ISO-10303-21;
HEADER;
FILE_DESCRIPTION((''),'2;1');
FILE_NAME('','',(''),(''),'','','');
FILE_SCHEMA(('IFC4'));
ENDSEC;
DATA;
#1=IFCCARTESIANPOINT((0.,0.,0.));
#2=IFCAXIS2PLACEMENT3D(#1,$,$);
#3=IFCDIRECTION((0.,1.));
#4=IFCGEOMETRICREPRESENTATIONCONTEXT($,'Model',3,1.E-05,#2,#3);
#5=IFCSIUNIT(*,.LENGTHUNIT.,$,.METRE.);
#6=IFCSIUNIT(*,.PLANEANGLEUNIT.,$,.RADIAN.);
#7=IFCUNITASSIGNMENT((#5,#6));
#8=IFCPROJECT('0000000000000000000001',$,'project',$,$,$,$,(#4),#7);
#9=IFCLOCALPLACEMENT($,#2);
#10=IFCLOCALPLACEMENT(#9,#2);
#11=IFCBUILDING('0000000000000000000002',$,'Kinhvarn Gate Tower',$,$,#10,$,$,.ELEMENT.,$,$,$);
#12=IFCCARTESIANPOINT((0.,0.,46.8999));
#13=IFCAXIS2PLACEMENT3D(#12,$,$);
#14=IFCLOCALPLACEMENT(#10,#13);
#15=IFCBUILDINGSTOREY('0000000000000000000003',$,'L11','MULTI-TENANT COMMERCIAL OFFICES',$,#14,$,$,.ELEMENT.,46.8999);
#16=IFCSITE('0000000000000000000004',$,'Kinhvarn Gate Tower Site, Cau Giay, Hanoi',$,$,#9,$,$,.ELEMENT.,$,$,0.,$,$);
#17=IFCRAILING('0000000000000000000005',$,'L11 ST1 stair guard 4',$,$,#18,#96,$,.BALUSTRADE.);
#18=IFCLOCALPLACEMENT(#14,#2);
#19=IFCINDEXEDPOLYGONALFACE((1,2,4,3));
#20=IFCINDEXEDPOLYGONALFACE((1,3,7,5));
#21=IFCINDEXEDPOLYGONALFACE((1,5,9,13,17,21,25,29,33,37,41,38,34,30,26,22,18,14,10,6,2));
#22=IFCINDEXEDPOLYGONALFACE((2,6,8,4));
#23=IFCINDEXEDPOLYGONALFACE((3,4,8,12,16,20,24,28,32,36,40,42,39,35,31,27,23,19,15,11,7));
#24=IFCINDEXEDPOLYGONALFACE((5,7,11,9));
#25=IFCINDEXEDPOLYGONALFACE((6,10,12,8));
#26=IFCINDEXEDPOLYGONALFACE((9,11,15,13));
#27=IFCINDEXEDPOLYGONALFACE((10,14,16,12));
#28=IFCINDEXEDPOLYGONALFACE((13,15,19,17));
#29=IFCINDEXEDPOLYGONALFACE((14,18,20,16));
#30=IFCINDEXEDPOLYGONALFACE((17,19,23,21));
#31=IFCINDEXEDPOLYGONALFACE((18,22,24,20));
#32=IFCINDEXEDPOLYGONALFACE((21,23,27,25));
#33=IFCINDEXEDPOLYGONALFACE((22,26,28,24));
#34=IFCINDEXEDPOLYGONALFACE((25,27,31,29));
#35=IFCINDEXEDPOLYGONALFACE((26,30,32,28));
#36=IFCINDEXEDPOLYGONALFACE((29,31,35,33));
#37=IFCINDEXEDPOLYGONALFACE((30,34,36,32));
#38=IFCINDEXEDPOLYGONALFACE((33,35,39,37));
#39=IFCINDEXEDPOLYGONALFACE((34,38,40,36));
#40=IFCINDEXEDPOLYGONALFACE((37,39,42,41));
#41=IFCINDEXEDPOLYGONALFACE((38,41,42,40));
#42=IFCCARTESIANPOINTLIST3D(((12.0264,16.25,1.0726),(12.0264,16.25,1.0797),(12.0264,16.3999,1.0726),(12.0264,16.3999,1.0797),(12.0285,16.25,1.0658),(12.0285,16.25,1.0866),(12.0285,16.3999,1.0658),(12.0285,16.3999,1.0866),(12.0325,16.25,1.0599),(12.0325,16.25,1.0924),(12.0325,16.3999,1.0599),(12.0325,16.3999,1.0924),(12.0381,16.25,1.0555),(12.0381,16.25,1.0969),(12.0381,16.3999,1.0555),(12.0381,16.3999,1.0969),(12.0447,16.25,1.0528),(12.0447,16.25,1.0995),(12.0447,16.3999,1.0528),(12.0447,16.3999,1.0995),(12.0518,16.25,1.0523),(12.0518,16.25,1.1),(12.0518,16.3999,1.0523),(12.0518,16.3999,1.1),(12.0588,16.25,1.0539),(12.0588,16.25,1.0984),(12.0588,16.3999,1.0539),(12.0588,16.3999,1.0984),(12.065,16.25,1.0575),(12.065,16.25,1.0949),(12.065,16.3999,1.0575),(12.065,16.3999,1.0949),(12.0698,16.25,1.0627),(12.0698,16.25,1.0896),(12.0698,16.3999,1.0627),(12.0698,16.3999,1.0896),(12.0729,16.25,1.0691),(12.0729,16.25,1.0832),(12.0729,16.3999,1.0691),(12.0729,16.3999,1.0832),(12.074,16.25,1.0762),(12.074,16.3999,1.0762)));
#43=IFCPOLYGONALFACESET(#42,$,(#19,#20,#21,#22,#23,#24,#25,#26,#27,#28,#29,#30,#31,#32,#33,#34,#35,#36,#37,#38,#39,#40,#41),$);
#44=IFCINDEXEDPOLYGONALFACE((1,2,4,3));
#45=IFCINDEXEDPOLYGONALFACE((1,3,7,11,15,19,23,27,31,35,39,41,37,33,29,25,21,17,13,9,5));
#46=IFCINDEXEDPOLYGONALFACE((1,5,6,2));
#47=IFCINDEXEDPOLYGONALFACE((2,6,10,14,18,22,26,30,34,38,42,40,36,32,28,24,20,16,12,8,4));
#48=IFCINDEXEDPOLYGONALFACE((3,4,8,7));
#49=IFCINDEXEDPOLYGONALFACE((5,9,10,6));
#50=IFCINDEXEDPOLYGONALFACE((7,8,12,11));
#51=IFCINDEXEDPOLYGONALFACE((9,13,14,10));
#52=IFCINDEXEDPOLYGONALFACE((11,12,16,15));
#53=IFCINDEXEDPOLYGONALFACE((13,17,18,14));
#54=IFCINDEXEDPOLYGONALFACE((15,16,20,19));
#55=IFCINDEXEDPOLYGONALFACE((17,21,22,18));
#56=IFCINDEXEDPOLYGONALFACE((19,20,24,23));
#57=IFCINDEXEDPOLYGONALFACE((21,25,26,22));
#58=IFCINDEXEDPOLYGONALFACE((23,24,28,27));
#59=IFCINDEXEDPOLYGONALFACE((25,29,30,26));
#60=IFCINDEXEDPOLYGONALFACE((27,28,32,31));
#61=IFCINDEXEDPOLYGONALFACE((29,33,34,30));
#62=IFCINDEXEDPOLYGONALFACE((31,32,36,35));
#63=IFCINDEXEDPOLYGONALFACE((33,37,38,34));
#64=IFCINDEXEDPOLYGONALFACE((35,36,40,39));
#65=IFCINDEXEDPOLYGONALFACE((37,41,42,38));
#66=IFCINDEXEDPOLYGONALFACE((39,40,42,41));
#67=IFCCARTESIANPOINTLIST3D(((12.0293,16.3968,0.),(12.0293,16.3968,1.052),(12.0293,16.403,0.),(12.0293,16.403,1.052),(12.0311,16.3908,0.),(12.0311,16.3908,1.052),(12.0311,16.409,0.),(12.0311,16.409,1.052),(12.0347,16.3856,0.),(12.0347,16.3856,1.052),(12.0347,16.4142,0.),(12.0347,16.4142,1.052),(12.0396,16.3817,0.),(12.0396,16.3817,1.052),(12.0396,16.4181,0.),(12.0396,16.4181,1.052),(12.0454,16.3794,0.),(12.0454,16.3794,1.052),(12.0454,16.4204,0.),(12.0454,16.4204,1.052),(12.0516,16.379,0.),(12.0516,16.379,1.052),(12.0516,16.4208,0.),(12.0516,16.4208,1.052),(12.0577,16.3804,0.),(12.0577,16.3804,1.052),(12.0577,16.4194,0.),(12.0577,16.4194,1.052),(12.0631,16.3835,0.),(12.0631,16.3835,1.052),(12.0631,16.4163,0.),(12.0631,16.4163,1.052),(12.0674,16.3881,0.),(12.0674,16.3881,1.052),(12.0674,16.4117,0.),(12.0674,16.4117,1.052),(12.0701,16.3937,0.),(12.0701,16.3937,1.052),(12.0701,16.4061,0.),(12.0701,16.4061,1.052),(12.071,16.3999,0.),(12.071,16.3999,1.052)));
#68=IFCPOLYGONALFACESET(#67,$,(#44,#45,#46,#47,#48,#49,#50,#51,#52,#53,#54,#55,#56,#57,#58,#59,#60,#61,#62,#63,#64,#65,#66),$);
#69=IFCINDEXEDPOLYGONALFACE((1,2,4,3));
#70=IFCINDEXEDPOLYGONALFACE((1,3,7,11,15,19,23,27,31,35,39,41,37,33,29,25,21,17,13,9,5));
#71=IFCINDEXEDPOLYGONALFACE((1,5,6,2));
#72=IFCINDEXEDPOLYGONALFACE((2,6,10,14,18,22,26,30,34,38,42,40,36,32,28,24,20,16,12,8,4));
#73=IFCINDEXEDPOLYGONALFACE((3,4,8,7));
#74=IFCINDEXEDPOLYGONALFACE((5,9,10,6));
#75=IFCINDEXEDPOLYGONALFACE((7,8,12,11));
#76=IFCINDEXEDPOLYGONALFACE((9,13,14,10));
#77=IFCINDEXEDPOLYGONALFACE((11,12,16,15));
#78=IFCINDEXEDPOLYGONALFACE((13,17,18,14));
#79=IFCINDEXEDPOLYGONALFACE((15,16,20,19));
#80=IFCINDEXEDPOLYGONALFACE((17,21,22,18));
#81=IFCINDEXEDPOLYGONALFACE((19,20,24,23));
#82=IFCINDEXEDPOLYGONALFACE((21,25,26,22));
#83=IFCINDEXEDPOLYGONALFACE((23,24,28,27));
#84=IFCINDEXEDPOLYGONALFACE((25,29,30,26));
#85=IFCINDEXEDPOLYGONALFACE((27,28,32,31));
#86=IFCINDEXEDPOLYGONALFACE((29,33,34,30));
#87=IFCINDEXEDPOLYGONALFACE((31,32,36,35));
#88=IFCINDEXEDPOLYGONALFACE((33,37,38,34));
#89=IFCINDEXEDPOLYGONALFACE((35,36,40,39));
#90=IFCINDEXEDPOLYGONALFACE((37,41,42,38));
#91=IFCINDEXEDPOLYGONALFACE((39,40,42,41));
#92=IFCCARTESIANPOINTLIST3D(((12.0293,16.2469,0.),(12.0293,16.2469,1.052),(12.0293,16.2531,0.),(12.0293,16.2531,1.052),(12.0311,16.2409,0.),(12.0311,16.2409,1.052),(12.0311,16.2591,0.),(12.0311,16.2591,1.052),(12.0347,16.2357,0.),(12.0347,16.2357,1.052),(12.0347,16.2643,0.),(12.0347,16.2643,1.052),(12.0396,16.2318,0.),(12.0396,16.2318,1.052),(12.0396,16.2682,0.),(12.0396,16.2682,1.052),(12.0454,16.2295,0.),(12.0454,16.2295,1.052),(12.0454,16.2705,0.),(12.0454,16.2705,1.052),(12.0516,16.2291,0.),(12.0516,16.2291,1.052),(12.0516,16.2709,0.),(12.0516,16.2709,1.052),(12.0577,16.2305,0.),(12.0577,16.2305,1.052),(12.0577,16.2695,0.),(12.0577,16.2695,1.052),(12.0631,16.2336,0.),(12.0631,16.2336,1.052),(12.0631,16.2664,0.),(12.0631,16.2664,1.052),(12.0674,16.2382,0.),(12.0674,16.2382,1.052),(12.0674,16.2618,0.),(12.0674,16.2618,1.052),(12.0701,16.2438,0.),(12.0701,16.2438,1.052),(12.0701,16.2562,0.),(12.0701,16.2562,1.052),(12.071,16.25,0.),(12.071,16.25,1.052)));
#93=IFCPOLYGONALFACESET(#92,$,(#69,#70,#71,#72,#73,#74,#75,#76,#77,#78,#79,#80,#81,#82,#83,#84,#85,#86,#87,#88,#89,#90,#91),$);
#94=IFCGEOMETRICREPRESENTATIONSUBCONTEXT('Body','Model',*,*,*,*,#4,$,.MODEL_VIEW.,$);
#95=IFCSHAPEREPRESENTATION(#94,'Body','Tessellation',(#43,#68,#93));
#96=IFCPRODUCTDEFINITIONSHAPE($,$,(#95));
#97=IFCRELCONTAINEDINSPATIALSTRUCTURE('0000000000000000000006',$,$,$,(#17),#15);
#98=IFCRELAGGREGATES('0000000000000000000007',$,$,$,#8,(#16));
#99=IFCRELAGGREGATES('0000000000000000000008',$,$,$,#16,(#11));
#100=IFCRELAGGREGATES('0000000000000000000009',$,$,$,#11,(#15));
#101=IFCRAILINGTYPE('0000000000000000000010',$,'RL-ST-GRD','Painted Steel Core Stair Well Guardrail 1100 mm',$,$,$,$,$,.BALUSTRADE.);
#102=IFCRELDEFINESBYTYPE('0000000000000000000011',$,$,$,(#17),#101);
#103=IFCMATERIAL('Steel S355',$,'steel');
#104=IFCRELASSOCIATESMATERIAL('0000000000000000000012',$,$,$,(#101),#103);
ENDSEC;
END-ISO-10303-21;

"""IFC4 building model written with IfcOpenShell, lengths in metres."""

from ifc_helpers import new_model, si_unit, direction, frame, origin, origin_2d, place, context, subcontext, project, spatial, circle, extrude, material, type_object, element, save


model = new_model("IFC4")

# Units and contexts
model_context = context("Model", 3, precision=1e-05, world=origin(), true_north=direction((0.0, 1.0)))
body_context = subcontext(model_context, "Body", "Model", "MODEL_VIEW")
ifc_project = project(units=[si_unit("LENGTHUNIT", "METRE"), si_unit("PLANEANGLEUNIT", "RADIAN")], contexts=[model_context])

# Site, building, storey
site_placement = place(None, origin())
site = spatial("IfcSite", under=ifc_project, at=site_placement, Name="Kinhvarn Gate Tower Site, Cau Giay, Hanoi", CompositionType="ELEMENT", RefElevation=0.0)
building_placement = place(site_placement, origin())
building = spatial("IfcBuilding", under=site, at=building_placement, Name="Kinhvarn Gate Tower", CompositionType="ELEMENT")
storey_placement = place(building_placement, frame((0.0, 0.0, 46.8999)))
storey = spatial("IfcBuildingStorey", under=building, at=storey_placement, Name="L11", Description="MULTI-TENANT COMMERCIAL OFFICES", CompositionType="ELEMENT", Elevation=46.8999)

# Shared definitions
ifc_material_1 = material(Name="Steel S355", Category="steel")

# Railing
railing_type_1 = type_object("IfcRailingType", Name="RL-ST-GRD", Description="Painted Steel Core Stair Well Guardrail 1100 mm", PredefinedType="BALUSTRADE", material=ifc_material_1)
railing_1_placement = place(storey_placement, frame((12.05, 16.3999, 0.0)))
element("IfcRailing", 1, at=railing_1_placement, inside=storey, type_object=railing_type_1, Name="L11 ST1 stair guard 4", PredefinedType="BALUSTRADE", context=body_context, shape_type="SweptSolid", body=[
    extrude(circle(Radius=0.0239, at=origin_2d()), frame((0.0, 0.0, 1.0762), z_axis=(0.0, -1.0, 0.0), x_axis=(1.0, 0.0, 0.0)), (0.0, 0.0, 1.0), 0.1499),
    extrude(circle(Radius=0.021, at=origin_2d()), origin(), (0.0, 0.0, 1.0), 1.052),
    extrude(circle(Radius=0.021, at=origin_2d()), frame((0.0, -0.1499, 0.0)), (0.0, 0.0, 1.0), 1.052),
])

save(model, "model.ifc")
